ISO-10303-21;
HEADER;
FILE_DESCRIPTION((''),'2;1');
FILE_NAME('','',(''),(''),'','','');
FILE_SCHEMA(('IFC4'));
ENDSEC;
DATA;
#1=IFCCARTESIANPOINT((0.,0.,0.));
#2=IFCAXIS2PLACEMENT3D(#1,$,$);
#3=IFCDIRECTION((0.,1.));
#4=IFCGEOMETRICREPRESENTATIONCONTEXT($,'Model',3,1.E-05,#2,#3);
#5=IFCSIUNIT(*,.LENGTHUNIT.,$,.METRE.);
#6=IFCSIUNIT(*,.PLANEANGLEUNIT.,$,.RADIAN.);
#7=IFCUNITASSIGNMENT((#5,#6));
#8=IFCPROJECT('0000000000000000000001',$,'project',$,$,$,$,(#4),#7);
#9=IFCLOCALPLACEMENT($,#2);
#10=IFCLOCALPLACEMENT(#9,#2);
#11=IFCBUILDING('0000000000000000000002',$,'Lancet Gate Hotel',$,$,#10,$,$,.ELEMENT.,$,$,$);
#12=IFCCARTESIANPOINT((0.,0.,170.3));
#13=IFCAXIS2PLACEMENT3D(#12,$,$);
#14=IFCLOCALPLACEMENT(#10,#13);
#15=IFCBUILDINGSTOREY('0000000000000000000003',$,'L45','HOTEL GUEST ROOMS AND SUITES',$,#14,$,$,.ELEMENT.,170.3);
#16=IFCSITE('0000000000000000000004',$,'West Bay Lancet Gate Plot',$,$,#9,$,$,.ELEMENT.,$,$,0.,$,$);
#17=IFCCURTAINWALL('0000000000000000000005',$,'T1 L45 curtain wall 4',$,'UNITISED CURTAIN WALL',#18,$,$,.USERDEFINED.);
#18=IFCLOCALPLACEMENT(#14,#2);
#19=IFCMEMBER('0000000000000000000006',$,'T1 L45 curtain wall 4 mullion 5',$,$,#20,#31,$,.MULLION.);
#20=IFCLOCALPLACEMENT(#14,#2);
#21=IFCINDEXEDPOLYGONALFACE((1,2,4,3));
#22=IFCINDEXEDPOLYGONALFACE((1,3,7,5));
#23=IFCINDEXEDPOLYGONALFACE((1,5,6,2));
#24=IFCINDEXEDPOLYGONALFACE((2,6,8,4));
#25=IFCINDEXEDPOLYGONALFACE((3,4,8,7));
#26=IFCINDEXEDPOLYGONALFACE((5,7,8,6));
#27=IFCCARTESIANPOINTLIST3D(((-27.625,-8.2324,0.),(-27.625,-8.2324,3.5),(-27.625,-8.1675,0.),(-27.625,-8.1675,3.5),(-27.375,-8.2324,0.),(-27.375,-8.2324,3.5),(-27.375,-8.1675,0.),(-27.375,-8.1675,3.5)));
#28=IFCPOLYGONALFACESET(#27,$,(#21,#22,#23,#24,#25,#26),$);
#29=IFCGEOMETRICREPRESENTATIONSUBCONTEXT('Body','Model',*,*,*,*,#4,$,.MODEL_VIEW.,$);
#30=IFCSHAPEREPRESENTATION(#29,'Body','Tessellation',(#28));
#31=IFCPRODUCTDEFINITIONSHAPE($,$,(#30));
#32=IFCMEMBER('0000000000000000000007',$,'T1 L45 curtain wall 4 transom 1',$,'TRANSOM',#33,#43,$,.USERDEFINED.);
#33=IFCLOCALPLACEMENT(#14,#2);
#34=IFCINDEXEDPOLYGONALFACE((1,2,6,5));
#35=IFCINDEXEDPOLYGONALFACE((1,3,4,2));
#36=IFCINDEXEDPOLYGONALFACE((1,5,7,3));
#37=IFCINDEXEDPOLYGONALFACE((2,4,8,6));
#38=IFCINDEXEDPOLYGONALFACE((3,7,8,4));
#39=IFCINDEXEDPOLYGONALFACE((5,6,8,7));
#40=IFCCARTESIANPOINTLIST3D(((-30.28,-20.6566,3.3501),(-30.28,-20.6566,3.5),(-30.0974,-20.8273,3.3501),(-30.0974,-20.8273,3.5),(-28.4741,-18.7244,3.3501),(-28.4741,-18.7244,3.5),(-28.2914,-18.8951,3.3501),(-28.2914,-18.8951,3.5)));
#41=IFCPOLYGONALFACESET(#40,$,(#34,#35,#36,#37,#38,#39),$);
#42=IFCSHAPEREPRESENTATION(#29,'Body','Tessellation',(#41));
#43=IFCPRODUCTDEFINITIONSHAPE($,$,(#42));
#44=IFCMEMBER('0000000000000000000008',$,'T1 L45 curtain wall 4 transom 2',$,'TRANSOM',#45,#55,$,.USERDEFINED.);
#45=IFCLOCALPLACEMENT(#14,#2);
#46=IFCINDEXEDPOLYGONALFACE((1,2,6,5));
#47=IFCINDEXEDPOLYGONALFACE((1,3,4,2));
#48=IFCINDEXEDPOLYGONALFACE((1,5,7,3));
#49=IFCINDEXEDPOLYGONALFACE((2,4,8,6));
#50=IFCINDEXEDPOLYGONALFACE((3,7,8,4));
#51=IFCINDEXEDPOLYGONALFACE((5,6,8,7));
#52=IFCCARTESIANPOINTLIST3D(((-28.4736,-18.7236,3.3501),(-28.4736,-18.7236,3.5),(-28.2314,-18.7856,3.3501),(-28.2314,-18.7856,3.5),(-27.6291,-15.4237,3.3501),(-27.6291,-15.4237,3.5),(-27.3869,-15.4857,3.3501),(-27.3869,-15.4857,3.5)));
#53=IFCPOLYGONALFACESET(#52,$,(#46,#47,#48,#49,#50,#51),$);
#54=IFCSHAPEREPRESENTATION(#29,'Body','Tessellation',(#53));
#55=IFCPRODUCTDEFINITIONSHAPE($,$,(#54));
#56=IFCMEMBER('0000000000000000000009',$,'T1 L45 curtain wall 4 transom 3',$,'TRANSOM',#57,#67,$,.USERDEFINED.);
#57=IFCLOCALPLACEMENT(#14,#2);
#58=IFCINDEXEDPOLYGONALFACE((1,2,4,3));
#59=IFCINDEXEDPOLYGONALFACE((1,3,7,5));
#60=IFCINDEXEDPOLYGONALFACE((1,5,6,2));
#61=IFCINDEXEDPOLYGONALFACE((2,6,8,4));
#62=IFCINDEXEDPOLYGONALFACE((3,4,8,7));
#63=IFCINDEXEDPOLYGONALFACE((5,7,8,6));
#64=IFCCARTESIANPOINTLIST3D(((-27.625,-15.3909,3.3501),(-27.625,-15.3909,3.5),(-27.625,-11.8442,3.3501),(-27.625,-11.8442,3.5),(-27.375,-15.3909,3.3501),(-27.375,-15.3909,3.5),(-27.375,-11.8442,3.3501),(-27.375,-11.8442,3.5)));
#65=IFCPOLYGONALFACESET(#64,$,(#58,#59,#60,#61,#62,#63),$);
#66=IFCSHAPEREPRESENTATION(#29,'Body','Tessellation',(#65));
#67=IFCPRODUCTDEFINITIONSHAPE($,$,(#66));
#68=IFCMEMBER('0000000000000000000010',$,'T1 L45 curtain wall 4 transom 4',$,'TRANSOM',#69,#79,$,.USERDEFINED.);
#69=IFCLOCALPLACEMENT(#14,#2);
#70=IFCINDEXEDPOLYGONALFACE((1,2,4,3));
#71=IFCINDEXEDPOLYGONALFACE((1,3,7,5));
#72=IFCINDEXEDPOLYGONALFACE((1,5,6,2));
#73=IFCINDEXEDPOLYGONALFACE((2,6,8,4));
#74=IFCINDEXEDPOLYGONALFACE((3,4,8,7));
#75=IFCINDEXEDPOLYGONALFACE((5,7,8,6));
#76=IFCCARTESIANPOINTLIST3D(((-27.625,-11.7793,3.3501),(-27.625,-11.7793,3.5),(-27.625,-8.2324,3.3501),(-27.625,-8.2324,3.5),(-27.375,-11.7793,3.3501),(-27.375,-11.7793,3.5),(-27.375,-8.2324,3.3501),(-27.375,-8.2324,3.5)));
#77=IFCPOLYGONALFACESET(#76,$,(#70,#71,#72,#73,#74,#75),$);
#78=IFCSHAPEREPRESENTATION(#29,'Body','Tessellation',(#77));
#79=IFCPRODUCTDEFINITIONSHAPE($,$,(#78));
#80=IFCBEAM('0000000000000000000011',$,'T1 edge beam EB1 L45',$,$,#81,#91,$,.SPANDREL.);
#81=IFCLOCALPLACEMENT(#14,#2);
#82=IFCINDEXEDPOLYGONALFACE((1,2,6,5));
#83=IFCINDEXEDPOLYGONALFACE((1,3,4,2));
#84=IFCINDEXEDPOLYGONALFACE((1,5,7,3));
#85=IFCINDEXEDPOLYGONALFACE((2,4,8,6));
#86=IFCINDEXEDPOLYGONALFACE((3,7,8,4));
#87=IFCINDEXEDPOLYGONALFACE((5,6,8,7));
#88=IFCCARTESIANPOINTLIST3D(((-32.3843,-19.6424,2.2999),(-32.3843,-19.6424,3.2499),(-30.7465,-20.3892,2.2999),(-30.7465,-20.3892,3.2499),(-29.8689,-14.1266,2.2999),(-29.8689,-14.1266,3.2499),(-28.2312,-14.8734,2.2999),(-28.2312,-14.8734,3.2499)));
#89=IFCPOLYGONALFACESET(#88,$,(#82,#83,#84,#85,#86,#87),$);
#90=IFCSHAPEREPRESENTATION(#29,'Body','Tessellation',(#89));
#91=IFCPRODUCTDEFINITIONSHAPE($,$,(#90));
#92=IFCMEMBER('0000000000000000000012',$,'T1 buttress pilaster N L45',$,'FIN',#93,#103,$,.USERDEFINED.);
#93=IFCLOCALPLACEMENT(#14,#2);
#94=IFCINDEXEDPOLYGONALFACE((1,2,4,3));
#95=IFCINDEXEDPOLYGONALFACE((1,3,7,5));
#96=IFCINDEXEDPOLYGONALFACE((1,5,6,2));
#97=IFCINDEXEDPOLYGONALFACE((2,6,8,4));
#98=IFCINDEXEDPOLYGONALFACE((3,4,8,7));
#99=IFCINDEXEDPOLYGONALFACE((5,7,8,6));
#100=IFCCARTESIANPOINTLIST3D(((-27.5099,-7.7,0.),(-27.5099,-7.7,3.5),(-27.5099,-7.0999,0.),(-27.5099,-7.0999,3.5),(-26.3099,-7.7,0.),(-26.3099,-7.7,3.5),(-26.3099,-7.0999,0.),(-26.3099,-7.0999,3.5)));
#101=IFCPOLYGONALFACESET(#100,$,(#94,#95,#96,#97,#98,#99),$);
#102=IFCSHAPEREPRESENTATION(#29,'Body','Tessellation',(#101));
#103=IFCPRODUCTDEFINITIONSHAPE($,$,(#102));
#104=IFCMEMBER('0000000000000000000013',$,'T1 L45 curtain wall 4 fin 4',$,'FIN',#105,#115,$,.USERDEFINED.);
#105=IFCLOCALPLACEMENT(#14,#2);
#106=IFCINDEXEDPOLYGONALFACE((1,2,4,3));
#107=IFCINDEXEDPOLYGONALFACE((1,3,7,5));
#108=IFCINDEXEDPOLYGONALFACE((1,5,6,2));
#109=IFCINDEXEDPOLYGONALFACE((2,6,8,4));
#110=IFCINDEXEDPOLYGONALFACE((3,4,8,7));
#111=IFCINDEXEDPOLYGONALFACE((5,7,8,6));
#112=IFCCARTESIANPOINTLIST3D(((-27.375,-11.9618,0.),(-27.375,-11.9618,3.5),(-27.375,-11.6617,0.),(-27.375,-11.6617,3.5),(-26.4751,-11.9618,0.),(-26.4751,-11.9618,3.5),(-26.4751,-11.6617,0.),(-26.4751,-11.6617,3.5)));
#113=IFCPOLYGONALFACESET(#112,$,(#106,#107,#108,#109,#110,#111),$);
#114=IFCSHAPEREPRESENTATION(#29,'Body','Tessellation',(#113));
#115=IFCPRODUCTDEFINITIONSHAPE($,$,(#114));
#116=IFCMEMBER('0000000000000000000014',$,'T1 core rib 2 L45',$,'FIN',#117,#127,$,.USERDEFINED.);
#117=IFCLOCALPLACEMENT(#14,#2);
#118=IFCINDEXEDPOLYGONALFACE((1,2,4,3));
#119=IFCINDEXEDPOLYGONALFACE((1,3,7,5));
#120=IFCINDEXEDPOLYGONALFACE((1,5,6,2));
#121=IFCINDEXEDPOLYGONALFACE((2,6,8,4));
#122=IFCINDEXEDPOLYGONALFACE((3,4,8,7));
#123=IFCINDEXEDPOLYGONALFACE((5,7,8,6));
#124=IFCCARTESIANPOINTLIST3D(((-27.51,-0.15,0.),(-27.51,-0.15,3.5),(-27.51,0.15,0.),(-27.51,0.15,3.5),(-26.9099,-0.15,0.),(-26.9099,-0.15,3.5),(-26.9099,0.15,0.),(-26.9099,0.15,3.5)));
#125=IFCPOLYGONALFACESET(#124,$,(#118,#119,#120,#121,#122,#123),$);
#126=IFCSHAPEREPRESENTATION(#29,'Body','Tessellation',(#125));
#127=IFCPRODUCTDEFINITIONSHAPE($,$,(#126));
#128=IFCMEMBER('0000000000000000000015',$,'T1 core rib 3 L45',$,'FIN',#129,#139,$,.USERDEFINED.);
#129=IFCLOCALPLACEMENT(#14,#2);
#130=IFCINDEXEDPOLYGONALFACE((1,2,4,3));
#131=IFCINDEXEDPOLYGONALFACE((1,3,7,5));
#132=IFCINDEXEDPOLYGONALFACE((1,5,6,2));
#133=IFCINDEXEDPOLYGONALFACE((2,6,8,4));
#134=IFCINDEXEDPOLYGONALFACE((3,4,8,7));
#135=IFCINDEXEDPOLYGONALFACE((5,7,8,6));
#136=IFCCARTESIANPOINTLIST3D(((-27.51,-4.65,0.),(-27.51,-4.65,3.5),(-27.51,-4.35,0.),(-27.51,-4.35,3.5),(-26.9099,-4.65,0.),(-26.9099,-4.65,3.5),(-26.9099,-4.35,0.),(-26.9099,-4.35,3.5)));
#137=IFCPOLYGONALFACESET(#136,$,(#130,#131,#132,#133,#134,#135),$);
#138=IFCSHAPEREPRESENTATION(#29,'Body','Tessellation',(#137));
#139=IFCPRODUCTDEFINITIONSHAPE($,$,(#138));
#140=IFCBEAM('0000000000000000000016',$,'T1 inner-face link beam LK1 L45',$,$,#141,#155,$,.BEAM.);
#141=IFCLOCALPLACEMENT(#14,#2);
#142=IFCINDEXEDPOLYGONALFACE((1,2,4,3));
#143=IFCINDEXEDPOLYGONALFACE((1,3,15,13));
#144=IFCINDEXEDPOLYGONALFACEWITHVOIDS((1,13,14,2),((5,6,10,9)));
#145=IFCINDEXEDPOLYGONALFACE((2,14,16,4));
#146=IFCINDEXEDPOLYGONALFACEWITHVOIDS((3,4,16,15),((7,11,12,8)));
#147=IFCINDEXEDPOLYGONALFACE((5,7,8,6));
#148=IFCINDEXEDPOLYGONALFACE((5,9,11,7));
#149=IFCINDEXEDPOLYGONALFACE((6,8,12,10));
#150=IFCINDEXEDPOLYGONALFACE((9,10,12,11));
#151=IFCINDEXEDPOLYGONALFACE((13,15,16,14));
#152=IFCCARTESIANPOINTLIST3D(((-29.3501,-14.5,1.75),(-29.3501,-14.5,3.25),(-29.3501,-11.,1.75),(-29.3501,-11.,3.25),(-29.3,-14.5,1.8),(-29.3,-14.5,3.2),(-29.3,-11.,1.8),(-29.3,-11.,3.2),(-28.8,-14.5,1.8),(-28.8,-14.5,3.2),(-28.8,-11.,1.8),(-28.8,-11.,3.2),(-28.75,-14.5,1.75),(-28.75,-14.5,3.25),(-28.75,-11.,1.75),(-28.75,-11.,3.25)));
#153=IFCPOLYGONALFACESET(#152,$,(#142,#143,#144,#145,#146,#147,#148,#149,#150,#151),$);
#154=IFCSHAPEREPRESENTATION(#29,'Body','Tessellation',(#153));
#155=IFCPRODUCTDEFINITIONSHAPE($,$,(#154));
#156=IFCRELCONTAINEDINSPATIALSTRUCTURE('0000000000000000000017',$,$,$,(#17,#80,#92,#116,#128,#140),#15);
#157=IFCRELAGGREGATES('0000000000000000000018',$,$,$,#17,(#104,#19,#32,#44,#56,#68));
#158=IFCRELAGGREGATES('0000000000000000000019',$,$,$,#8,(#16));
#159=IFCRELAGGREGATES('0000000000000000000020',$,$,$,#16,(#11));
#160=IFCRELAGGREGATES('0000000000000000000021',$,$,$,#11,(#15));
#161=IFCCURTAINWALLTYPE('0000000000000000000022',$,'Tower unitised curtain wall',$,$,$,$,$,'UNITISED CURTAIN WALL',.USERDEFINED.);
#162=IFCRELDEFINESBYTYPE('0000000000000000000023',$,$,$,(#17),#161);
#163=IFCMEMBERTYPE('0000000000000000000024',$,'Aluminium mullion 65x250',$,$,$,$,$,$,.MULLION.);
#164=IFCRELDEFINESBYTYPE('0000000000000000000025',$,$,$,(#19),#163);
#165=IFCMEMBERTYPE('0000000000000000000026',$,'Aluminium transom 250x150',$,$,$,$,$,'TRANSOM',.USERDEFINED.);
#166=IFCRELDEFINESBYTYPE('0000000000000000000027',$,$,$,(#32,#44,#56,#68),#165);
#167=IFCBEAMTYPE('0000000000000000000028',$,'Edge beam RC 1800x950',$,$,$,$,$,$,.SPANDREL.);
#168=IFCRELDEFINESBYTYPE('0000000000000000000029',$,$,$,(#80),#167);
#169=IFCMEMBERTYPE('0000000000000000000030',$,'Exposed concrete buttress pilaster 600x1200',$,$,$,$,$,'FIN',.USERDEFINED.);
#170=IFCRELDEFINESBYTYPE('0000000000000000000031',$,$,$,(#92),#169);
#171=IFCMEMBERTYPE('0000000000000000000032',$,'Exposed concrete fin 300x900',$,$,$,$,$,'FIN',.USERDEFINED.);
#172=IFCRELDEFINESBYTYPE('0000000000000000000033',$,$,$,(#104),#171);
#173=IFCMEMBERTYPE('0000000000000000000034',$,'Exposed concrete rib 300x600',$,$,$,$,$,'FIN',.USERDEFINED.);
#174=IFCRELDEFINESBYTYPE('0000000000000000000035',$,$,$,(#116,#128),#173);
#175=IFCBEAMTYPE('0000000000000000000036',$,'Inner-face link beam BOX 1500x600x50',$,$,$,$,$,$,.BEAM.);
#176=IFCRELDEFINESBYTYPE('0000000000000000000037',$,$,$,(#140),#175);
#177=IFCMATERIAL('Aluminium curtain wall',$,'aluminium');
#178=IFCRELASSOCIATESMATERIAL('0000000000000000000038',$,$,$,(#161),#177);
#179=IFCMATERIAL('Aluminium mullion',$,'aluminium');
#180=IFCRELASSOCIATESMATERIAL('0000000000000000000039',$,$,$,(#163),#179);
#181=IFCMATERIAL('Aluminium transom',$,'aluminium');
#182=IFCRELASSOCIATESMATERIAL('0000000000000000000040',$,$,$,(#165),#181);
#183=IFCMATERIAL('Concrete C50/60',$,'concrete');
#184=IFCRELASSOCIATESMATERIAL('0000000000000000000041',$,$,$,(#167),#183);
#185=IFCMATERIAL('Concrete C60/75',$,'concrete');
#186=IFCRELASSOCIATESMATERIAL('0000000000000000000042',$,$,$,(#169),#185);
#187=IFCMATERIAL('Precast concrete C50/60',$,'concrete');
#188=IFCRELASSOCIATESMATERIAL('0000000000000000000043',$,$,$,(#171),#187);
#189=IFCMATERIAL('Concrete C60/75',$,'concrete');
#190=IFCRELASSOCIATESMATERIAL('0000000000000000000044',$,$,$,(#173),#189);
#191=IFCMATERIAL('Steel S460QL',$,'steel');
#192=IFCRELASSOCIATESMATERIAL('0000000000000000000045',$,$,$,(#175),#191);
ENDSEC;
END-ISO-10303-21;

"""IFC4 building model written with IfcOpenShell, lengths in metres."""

from ifc_helpers import new_model, si_unit, direction, frame, origin, origin_2d, place, context, subcontext, project, spatial, rectangle, hollow_rectangle, extrude, material, material_profile, profile_set, type_object, element, aggregate, save


model = new_model("IFC4")

# Units and contexts
model_context = context("Model", 3, precision=1e-05, world=origin(), true_north=direction((0.0, 1.0)))
body_context = subcontext(model_context, "Body", "Model", "MODEL_VIEW")
ifc_project = project(units=[si_unit("LENGTHUNIT", "METRE"), si_unit("PLANEANGLEUNIT", "RADIAN")], contexts=[model_context])

# Site, building, storey
site_placement = place(None, origin())
site = spatial("IfcSite", under=ifc_project, at=site_placement, Name="West Bay Lancet Gate Plot", CompositionType="ELEMENT", RefElevation=0.0)
building_placement = place(site_placement, origin())
building = spatial("IfcBuilding", under=site, at=building_placement, Name="Lancet Gate Hotel", CompositionType="ELEMENT")
storey_placement = place(building_placement, frame((0.0, 0.0, 170.3)))
storey = spatial("IfcBuildingStorey", under=building, at=storey_placement, Name="L45", Description="HOTEL GUEST ROOMS AND SUITES", CompositionType="ELEMENT", Elevation=170.3)

# Curtain wall, members
ifc_material_1 = material(Name="Aluminium curtain wall", Category="aluminium")
curtain_wall_type = type_object("IfcCurtainWallType", Name="Tower unitised curtain wall", ElementType="UNITISED CURTAIN WALL", PredefinedType="USERDEFINED", material=ifc_material_1)
curtain_wall_placement = place(storey_placement, origin())
curtain_wall = element("IfcCurtainWall", 1, at=curtain_wall_placement, inside=storey, type_object=curtain_wall_type, Name="T1 L45 curtain wall 4", ObjectType="UNITISED CURTAIN WALL", PredefinedType="USERDEFINED")
ifc_material_2 = material(Name="Aluminium mullion", Category="aluminium")
ifc_material_profile_1 = material_profile(ifc_material_2, rectangle(XDim=0.0649, YDim=0.25, at=origin_2d()), Name="MULLION 65x250")
ifc_profile_set_1 = profile_set([ifc_material_profile_1], Name="Aluminium mullion")
member_type_1 = type_object("IfcMemberType", Name="Aluminium mullion 65x250", PredefinedType="MULLION", material=ifc_profile_set_1)
member_1_placement = place(storey_placement, frame((-27.5, -8.2, 0.0), z_axis=(0.0, 0.0, 1.0), x_axis=(0.0, 1.0, 0.0)))
member_1 = element("IfcMember", 2, at=member_1_placement, type_object=member_type_1, Name="T1 L45 curtain wall 4 mullion 5", PredefinedType="MULLION", context=body_context, shape_type="SweptSolid", body=[
    extrude(rectangle(XDim=0.0649, YDim=0.25, at=origin_2d()), origin(), (0.0, 0.0, 1.0), 3.5),
])
ifc_material_3 = material(Name="Aluminium transom", Category="aluminium")
ifc_material_profile_2 = material_profile(ifc_material_3, rectangle(XDim=0.25, YDim=0.1499, at=origin_2d()), Name="TRANSOM 250x150")
ifc_profile_set_2 = profile_set([ifc_material_profile_2], Name="Aluminium transom")
member_type_2 = type_object("IfcMemberType", Name="Aluminium transom 250x150", ElementType="TRANSOM", PredefinedType="USERDEFINED", material=ifc_profile_set_2)
member_2_placement = place(storey_placement, frame((-30.1887, -20.7419, 3.425), z_axis=(0.682841, 0.730567, 0.0), x_axis=(-0.730567, 0.682841, 0.0)))
member_2 = element("IfcMember", 3, at=member_2_placement, type_object=member_type_2, Name="T1 L45 curtain wall 4 transom 1", ObjectType="TRANSOM", PredefinedType="USERDEFINED", context=body_context, shape_type="SweptSolid", body=[
    extrude(rectangle(XDim=0.25, YDim=0.1499, at=origin_2d()), origin(), (0.0, 0.0, 1.0), 2.6448),
])
member_3_placement = place(storey_placement, frame((-28.3525, -18.7546, 3.425), z_axis=(0.247929, 0.968778, 0.0), x_axis=(-0.968778, 0.247929, 0.0)))
member_3 = element("IfcMember", 4, at=member_3_placement, type_object=member_type_2, Name="T1 L45 curtain wall 4 transom 2", ObjectType="TRANSOM", PredefinedType="USERDEFINED", context=body_context, shape_type="SweptSolid", body=[
    extrude(rectangle(XDim=0.25, YDim=0.1499, at=origin_2d()), origin(), (0.0, 0.0, 1.0), 3.4062),
])
member_4_placement = place(storey_placement, frame((-27.5, -15.3909, 3.425), z_axis=(0.0, 1.0, 0.0), x_axis=(-1.0, 0.0, 0.0)))
member_4 = element("IfcMember", 5, at=member_4_placement, type_object=member_type_2, Name="T1 L45 curtain wall 4 transom 3", ObjectType="TRANSOM", PredefinedType="USERDEFINED", context=body_context, shape_type="SweptSolid", body=[
    extrude(rectangle(XDim=0.25, YDim=0.1499, at=origin_2d()), origin(), (0.0, 0.0, 1.0), 3.5466),
])
member_5_placement = place(storey_placement, frame((-27.5, -11.7793, 3.425), z_axis=(0.0, 1.0, 0.0), x_axis=(-1.0, 0.0, 0.0)))
member_5 = element("IfcMember", 6, at=member_5_placement, type_object=member_type_2, Name="T1 L45 curtain wall 4 transom 4", ObjectType="TRANSOM", PredefinedType="USERDEFINED", context=body_context, shape_type="SweptSolid", body=[
    extrude(rectangle(XDim=0.25, YDim=0.1499, at=origin_2d()), origin(), (0.0, 0.0, 1.0), 3.5469),
])

# Beam
ifc_material_4 = material(Name="Concrete C50/60", Category="concrete")
ifc_material_profile_3 = material_profile(ifc_material_4, rectangle(XDim=1.8, YDim=0.95, at=origin_2d()), Name="RC 1800x950")
ifc_profile_set_3 = profile_set([ifc_material_profile_3], Name="Concrete C50/60")
beam_type_1 = type_object("IfcBeamType", Name="Edge beam RC 1800x950", PredefinedType="SPANDREL", material=ifc_profile_set_3)
beam_1_placement = place(storey_placement, frame((-29.05, -14.5, 2.7749), z_axis=(-0.414919, -0.909858, 0.0), x_axis=(0.909858, -0.414919, 0.0)))
element("IfcBeam", 7, at=beam_1_placement, inside=storey, type_object=beam_type_1, Name="T1 edge beam EB1 L45", PredefinedType="SPANDREL", context=body_context, shape_type="SweptSolid", body=[
    extrude(rectangle(XDim=1.8, YDim=0.95, at=origin_2d()), origin(), (0.0, 0.0, 1.0), 6.0623),
])

# Members
ifc_material_5 = material(Name="Concrete C60/75", Category="concrete")
ifc_material_profile_4 = material_profile(ifc_material_5, rectangle(XDim=0.6001, YDim=1.2, at=origin_2d()), Name="FIN 600x1200")
ifc_profile_set_4 = profile_set([ifc_material_profile_4], Name="Concrete C60/75")
member_type_3 = type_object("IfcMemberType", Name="Exposed concrete buttress pilaster 600x1200", ElementType="FIN", PredefinedType="USERDEFINED", material=ifc_profile_set_4)
member_6_placement = place(storey_placement, frame((-26.9099, -7.3999, 0.0), z_axis=(0.0, 0.0, 1.0), x_axis=(0.0, 1.0, 0.0)))
element("IfcMember", 8, at=member_6_placement, inside=storey, type_object=member_type_3, Name="T1 buttress pilaster N L45", ObjectType="FIN", PredefinedType="USERDEFINED", context=body_context, shape_type="SweptSolid", body=[
    extrude(rectangle(XDim=0.6001, YDim=1.2, at=origin_2d()), origin(), (0.0, 0.0, 1.0), 3.5),
])
ifc_material_6 = material(Name="Precast concrete C50/60", Category="concrete")
ifc_material_profile_5 = material_profile(ifc_material_6, rectangle(XDim=0.3, YDim=0.8999, at=origin_2d()), Name="FIN 300x900")
ifc_profile_set_5 = profile_set([ifc_material_profile_5], Name="Precast concrete C50/60")
member_type_4 = type_object("IfcMemberType", Name="Exposed concrete fin 300x900", ElementType="FIN", PredefinedType="USERDEFINED", material=ifc_profile_set_5)
member_7_placement = place(storey_placement, frame((-26.925, -11.8118, 0.0), z_axis=(0.0, 0.0, 1.0), x_axis=(0.0, 1.0, 0.0)))
member_7 = element("IfcMember", 9, at=member_7_placement, type_object=member_type_4, Name="T1 L45 curtain wall 4 fin 4", ObjectType="FIN", PredefinedType="USERDEFINED", context=body_context, shape_type="SweptSolid", body=[
    extrude(rectangle(XDim=0.3, YDim=0.8999, at=origin_2d()), origin(), (0.0, 0.0, 1.0), 3.5),
])

# Members
ifc_material_7 = material(Name="Concrete C60/75", Category="concrete")
ifc_material_profile_6 = material_profile(ifc_material_7, rectangle(XDim=0.3, YDim=0.6001, at=origin_2d()), Name="FIN 300x600")
ifc_profile_set_6 = profile_set([ifc_material_profile_6], Name="Concrete C60/75")
member_type_5 = type_object("IfcMemberType", Name="Exposed concrete rib 300x600", ElementType="FIN", PredefinedType="USERDEFINED", material=ifc_profile_set_6)
for number, where, z_axis, x_axis, name in (
    (10, (-27.21, 0.0, 0.0), (0.0, 0.0, 1.0), (0.0, 1.0, 0.0), "T1 core rib 2 L45"),
    (11, (-27.21, -4.5, 0.0), (0.0, 0.0, 1.0), (0.0, 1.0, 0.0), "T1 core rib 3 L45"),
):
    element("IfcMember", number, at=place(storey_placement, frame(where, z_axis=z_axis, x_axis=x_axis)), inside=storey, type_object=member_type_5, Name=name, ObjectType="FIN", PredefinedType="USERDEFINED", context=body_context, shape_type="SweptSolid", body=[
        extrude(rectangle(XDim=0.3, YDim=0.6001, at=origin_2d()), origin(), (0.0, 0.0, 1.0), 3.5),
    ])

# Beam
ifc_material_8 = material(Name="Steel S460QL", Category="steel")
ifc_material_profile_7 = material_profile(ifc_material_8, hollow_rectangle(XDim=0.6001, YDim=1.5, WallThickness=0.05, at=origin_2d()), Name="BOX 1500x600x50")
ifc_profile_set_7 = profile_set([ifc_material_profile_7], Name="Steel S460QL")
beam_type_2 = type_object("IfcBeamType", Name="Inner-face link beam BOX 1500x600x50", PredefinedType="BEAM", material=ifc_profile_set_7)
beam_2_placement = place(storey_placement, frame((-29.05, -11.0, 2.5), z_axis=(0.0, -1.0, 0.0), x_axis=(1.0, 0.0, 0.0)))
element("IfcBeam", 12, at=beam_2_placement, inside=storey, type_object=beam_type_2, Name="T1 inner-face link beam LK1 L45", PredefinedType="BEAM", context=body_context, shape_type="SweptSolid", body=[
    extrude(hollow_rectangle(XDim=0.6001, YDim=1.5, WallThickness=0.05, at=origin_2d()), origin(), (0.0, 0.0, 1.0), 3.5),
])

aggregate(curtain_wall, [member_7, member_1, member_2, member_3, member_4, member_5])

save(model, "model.ifc")
